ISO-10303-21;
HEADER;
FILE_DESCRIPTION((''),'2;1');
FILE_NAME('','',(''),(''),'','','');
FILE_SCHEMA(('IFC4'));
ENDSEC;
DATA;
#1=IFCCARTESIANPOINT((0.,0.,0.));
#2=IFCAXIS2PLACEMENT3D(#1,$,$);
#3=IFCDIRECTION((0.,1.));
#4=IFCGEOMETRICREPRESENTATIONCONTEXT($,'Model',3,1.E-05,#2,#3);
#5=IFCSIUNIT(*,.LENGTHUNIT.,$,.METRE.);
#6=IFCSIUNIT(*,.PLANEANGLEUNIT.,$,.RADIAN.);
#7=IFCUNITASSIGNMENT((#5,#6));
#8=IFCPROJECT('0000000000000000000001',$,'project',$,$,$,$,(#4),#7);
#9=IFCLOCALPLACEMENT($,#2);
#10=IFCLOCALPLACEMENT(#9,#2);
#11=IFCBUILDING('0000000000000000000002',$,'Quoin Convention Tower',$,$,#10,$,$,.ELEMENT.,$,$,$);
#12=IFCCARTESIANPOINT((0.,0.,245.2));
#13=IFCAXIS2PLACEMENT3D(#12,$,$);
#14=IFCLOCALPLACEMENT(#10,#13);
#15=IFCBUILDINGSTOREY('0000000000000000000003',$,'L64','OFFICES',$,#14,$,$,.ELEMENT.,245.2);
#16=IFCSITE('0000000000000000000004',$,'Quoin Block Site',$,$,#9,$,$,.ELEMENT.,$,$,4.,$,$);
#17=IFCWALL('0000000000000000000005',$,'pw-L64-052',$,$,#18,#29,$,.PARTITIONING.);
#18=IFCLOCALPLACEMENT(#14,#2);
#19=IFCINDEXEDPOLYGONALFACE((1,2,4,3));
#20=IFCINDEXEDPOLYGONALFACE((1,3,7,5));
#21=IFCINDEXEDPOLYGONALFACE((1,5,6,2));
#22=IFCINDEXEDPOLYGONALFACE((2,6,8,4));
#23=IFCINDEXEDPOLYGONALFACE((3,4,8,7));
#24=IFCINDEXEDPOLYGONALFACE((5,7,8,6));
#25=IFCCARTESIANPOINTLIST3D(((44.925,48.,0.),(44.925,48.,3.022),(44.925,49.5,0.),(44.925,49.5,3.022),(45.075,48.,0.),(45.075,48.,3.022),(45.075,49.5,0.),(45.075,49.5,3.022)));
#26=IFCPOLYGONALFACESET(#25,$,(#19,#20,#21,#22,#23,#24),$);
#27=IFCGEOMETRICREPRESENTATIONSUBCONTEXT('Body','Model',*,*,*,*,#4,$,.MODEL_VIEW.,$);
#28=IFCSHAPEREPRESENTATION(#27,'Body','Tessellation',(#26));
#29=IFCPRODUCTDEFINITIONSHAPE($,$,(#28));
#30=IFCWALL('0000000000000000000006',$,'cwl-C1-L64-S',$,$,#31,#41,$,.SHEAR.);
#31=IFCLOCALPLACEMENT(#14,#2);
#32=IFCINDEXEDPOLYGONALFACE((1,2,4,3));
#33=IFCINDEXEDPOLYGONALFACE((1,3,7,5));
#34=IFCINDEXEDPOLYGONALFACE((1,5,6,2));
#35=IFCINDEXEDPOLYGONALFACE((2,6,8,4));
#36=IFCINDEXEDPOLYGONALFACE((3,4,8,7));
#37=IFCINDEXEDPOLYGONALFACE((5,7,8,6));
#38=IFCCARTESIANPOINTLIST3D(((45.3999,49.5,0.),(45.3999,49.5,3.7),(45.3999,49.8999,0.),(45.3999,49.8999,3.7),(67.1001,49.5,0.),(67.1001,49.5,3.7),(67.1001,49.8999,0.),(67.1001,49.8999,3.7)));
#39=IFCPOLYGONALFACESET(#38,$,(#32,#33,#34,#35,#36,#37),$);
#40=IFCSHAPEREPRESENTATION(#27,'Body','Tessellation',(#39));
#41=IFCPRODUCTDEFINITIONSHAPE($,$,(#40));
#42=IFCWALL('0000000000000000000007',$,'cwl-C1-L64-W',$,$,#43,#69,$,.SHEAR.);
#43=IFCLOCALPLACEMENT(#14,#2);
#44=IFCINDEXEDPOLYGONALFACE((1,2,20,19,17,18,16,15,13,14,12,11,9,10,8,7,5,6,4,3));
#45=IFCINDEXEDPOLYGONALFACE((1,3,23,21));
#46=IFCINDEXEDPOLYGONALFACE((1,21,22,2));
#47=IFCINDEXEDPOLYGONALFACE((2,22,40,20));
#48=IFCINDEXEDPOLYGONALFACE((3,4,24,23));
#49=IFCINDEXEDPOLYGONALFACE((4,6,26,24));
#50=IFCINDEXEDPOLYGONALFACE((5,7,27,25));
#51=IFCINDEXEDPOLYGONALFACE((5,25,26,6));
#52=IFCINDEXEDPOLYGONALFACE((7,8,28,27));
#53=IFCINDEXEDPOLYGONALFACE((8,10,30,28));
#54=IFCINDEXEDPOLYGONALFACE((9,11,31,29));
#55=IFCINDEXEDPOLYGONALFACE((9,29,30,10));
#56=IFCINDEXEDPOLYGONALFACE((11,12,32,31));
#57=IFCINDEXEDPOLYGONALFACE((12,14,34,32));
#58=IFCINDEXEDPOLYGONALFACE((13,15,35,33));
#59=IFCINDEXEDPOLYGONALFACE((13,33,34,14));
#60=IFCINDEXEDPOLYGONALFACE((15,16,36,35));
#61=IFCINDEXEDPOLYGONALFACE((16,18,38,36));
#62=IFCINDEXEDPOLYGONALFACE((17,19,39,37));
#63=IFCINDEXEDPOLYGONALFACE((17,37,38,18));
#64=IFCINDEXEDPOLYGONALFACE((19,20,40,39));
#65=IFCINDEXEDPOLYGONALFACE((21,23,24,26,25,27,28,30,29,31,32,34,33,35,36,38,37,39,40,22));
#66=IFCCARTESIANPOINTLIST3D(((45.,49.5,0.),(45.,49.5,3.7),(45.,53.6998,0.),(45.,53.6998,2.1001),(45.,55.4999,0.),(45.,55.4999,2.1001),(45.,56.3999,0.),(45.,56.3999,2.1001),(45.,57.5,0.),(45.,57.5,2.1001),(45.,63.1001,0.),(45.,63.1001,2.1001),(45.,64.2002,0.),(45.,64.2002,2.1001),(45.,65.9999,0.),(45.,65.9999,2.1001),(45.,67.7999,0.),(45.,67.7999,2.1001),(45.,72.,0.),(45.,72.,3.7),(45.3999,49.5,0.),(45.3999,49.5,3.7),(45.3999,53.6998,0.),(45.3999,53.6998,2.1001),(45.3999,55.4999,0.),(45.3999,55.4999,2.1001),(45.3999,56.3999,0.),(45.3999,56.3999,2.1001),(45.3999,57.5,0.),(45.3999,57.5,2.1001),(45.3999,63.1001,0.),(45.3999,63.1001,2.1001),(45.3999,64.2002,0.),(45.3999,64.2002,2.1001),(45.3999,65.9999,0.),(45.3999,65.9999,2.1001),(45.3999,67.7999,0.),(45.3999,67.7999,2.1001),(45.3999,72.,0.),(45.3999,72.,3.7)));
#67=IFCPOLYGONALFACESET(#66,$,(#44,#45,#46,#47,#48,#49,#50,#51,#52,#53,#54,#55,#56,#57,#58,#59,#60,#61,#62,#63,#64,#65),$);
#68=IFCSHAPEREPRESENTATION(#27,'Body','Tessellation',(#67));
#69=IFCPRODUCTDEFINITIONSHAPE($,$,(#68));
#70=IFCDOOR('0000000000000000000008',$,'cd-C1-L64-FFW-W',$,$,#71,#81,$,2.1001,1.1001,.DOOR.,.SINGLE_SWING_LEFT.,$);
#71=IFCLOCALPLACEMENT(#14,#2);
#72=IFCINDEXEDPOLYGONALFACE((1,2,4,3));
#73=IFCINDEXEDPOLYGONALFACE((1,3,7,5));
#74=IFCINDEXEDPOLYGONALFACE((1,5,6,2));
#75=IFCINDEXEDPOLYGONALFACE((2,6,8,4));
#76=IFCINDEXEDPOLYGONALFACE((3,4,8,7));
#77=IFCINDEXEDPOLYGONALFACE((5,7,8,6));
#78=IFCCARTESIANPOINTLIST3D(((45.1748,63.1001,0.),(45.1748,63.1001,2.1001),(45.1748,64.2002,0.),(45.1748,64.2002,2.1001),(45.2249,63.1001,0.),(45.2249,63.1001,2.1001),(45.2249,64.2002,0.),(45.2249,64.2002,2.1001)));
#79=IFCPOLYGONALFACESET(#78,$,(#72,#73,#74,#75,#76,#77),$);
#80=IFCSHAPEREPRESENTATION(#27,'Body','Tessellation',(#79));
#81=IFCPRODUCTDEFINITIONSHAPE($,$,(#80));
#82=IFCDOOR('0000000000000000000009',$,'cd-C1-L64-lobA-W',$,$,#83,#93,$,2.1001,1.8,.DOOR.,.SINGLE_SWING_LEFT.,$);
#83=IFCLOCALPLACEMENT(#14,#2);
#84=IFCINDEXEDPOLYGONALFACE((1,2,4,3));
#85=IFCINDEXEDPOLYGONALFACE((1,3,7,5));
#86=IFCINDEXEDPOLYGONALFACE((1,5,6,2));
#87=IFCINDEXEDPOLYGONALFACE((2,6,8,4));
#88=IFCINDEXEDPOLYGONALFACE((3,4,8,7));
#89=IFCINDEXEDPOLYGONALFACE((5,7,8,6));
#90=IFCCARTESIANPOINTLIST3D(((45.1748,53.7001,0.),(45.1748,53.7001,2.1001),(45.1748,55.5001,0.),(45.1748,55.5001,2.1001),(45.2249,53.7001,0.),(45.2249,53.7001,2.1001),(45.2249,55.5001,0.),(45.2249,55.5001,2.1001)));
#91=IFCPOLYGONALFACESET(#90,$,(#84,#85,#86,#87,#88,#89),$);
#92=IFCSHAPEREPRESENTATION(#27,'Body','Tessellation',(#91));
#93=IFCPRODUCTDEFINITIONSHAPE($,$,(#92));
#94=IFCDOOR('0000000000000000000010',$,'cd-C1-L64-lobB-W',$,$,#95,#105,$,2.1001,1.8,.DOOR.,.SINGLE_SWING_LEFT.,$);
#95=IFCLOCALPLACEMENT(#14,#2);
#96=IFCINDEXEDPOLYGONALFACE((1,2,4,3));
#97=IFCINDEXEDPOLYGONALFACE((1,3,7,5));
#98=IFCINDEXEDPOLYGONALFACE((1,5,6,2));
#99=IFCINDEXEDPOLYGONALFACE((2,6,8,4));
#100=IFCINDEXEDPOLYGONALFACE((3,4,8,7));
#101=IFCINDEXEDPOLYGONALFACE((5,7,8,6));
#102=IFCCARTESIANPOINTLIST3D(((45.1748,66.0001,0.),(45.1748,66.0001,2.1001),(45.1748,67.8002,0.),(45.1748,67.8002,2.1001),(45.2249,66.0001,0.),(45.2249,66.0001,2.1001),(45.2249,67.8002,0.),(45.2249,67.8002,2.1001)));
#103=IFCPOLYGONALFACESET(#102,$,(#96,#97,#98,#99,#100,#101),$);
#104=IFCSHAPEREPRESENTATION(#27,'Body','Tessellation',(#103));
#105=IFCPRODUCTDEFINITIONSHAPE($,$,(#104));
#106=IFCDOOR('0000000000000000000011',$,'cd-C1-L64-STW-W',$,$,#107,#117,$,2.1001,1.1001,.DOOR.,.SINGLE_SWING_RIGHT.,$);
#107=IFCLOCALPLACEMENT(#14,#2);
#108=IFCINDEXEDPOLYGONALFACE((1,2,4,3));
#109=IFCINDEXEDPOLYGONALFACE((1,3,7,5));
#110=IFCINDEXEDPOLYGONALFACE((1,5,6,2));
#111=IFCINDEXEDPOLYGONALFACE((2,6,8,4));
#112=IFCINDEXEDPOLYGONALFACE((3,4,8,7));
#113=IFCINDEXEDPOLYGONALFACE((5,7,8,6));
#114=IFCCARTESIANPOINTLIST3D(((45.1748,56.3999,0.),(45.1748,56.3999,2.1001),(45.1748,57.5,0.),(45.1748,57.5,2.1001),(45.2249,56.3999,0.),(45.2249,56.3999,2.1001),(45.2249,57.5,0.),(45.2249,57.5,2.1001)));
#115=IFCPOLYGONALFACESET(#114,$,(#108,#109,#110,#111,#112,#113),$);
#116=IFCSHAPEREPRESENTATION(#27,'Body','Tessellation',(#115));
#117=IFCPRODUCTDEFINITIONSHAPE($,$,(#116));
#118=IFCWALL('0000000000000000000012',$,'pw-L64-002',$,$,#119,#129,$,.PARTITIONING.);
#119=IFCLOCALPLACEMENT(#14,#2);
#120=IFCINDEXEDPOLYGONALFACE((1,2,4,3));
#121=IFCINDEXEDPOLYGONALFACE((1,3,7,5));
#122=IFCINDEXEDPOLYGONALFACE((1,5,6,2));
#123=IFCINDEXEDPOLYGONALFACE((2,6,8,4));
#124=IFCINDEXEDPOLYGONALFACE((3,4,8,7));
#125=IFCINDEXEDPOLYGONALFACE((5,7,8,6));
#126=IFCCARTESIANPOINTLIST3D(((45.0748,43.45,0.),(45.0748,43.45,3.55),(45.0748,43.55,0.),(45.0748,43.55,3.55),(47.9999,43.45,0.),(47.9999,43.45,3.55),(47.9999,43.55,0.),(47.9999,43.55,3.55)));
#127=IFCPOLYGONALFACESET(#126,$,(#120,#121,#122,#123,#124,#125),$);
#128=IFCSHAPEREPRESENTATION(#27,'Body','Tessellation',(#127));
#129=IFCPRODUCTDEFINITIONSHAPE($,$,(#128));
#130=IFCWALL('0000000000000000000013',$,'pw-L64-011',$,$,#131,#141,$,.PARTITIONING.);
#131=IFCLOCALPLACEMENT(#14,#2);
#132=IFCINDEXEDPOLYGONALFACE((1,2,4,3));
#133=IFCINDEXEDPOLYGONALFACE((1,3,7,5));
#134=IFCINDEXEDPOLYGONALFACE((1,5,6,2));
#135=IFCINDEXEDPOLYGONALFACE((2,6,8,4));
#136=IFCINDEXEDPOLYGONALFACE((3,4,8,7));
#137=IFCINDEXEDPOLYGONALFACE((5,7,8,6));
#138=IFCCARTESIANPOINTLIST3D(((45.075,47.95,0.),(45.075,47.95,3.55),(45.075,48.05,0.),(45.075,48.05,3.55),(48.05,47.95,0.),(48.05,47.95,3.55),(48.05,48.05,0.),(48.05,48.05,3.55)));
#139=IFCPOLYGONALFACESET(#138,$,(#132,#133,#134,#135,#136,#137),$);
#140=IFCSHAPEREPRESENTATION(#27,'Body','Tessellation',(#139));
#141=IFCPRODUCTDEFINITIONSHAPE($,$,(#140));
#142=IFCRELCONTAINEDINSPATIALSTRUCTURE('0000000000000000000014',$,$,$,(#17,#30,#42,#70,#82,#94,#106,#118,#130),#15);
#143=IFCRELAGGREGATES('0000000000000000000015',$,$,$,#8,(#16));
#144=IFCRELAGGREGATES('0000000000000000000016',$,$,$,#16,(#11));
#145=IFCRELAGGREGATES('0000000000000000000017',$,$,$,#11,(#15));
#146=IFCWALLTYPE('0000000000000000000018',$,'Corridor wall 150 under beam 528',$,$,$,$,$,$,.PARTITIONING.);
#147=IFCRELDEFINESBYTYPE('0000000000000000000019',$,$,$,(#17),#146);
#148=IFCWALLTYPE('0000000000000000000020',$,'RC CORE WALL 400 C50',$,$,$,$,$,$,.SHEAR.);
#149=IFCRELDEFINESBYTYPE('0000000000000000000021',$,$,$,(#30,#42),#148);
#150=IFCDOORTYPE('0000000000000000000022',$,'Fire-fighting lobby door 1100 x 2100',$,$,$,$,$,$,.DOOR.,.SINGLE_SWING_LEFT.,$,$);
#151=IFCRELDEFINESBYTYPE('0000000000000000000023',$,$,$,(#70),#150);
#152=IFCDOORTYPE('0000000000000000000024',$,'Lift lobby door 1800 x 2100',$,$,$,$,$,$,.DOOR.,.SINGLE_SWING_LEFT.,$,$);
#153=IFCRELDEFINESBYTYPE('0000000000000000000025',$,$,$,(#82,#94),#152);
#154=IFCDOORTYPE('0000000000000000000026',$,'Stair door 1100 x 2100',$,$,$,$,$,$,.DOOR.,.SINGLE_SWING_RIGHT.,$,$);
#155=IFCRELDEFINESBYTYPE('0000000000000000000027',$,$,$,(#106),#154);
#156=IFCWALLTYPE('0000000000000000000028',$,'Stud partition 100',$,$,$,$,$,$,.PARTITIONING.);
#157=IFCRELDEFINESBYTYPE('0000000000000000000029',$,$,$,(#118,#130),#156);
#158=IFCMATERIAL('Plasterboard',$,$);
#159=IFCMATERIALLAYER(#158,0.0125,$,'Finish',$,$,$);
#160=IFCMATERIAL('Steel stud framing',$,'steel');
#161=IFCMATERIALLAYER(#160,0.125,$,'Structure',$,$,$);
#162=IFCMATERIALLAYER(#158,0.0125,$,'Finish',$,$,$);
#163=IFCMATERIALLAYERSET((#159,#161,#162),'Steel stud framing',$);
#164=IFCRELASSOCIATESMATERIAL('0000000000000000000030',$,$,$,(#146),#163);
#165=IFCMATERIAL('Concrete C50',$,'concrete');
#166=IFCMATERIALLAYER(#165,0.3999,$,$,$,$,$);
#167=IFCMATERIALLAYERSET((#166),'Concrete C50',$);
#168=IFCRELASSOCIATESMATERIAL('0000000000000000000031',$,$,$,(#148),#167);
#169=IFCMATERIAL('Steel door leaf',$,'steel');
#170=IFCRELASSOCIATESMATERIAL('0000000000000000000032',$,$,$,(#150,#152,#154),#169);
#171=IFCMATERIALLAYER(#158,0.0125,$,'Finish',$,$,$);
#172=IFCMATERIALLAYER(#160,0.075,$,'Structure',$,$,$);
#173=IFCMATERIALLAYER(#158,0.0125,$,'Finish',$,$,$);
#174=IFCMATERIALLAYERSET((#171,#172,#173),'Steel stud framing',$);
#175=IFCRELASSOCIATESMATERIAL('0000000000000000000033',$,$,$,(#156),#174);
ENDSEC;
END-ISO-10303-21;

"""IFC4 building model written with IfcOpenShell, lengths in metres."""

from ifc_helpers import new_model, si_unit, direction, frame, frame_2d, origin, place, context, subcontext, project, spatial, rectangle, extrude, material, layer, layer_set, type_object, element, fill, save


model = new_model("IFC4")

# Units and contexts
model_context = context("Model", 3, precision=1e-05, world=origin(), true_north=direction((0.0, 1.0)))
body_context = subcontext(model_context, "Body", "Model", "MODEL_VIEW")
ifc_project = project(units=[si_unit("LENGTHUNIT", "METRE"), si_unit("PLANEANGLEUNIT", "RADIAN")], contexts=[model_context])

# Site, building, storey
site_placement = place(None, origin())
site = spatial("IfcSite", under=ifc_project, at=site_placement, Name="Quoin Block Site", CompositionType="ELEMENT", RefElevation=4.0)
building_placement = place(site_placement, origin())
building = spatial("IfcBuilding", under=site, at=building_placement, Name="Quoin Convention Tower", CompositionType="ELEMENT")
storey_placement = place(building_placement, frame((0.0, 0.0, 245.2)))
storey = spatial("IfcBuildingStorey", under=building, at=storey_placement, Name="L64", Description="OFFICES", CompositionType="ELEMENT", Elevation=245.2)

# Shared definitions
ifc_material_1 = material(Name="Plasterboard")
ifc_material_2 = material(Name="Steel stud framing", Category="steel")
ifc_material_3 = material(Name="Steel door leaf", Category="steel")

# Walls
ifc_material_4 = material(Name="Concrete C50", Category="concrete")
ifc_layer_1 = layer(ifc_material_1, 0.0125, Name="Finish")
ifc_layer_2 = layer(ifc_material_2, 0.125, Name="Structure")
ifc_layer_3 = layer(ifc_material_1, 0.0125, Name="Finish")
ifc_layer_set_1 = layer_set([ifc_layer_1, ifc_layer_2, ifc_layer_3], Name="Steel stud framing")
wall_type_1 = type_object("IfcWallType", Name="Corridor wall 150 under beam 528", PredefinedType="PARTITIONING", material=ifc_layer_set_1)
wall_1_placement = place(storey_placement, frame((45.0, 48.0, 0.0), z_axis=(0.0, 0.0, 1.0), x_axis=(0.0, 1.0, 0.0)))
element("IfcWall", 1, at=wall_1_placement, inside=storey, type_object=wall_type_1, Name="pw-L64-052", PredefinedType="PARTITIONING", context=body_context, shape_type="SweptSolid", body=[
    extrude(rectangle(XDim=1.5, YDim=0.1499, at=frame_2d((0.75, 0.0))), origin(), (0.0, 0.0, 1.0), 3.022),
])
ifc_layer_4 = layer(ifc_material_4, 0.3999)
ifc_layer_set_2 = layer_set([ifc_layer_4], Name="Concrete C50")
wall_type_2 = type_object("IfcWallType", Name="RC CORE WALL 400 C50", PredefinedType="SHEAR", material=ifc_layer_set_2)
wall_2_placement = place(storey_placement, frame((45.3999, 49.7, 0.0), z_axis=(0.0, 0.0, 1.0), x_axis=(1.0, 0.0, 0.0)))
element("IfcWall", 2, at=wall_2_placement, inside=storey, type_object=wall_type_2, Name="cwl-C1-L64-S", PredefinedType="SHEAR", context=body_context, shape_type="SweptSolid", body=[
    extrude(rectangle(XDim=21.7002, YDim=0.3999, at=frame_2d((10.8501, 0.0))), origin(), (0.0, 0.0, 1.0), 3.7),
])

# Wall, openings, doors
wall_3_placement = place(storey_placement, frame((45.2, 49.5, 0.0), z_axis=(0.0, 0.0, 1.0), x_axis=(0.0, 1.0, 0.0)))
wall_3 = element("IfcWall", 3, at=wall_3_placement, inside=storey, type_object=wall_type_2, Name="cwl-C1-L64-W", PredefinedType="SHEAR", context=body_context, shape_type="SweptSolid", body=[
    extrude(rectangle(XDim=22.5, YDim=0.3999, at=frame_2d((11.25, 0.0))), origin(), (0.0, 0.0, 1.0), 3.7),
])
opening_1_placement = place(wall_3_placement, frame((4.2, 0.0, 0.0)))
opening_1 = element("IfcOpeningElement", 4, at=opening_1_placement, cuts=wall_3, PredefinedType="OPENING", context=body_context, shape_type="SweptSolid", body=[
    extrude(rectangle(XDim=1.8, YDim=2.1001, at=frame_2d((0.8999, 1.05))), frame((0.0, 0.21, 0.0), z_axis=(0.0, -1.0, 0.0), x_axis=(1.0, 0.0, 0.0)), (0.0, 0.0, 1.0), 0.4199),
])
opening_2_placement = place(wall_3_placement, frame((6.8999, 0.0, 0.0)))
opening_2 = element("IfcOpeningElement", 5, at=opening_2_placement, cuts=wall_3, PredefinedType="OPENING", context=body_context, shape_type="SweptSolid", body=[
    extrude(rectangle(XDim=1.1001, YDim=2.1001, at=frame_2d((0.55, 1.05))), frame((0.0, 0.21, 0.0), z_axis=(0.0, -1.0, 0.0), x_axis=(1.0, 0.0, 0.0)), (0.0, 0.0, 1.0), 0.4199),
])
opening_3_placement = place(wall_3_placement, frame((13.6001, 0.0, 0.0)))
opening_3 = element("IfcOpeningElement", 6, at=opening_3_placement, cuts=wall_3, PredefinedType="OPENING", context=body_context, shape_type="SweptSolid", body=[
    extrude(rectangle(XDim=1.1001, YDim=2.1001, at=frame_2d((0.55, 1.05))), frame((0.0, 0.21, 0.0), z_axis=(0.0, -1.0, 0.0), x_axis=(1.0, 0.0, 0.0)), (0.0, 0.0, 1.0), 0.4199),
])
opening_4_placement = place(wall_3_placement, frame((16.5, 0.0, 0.0)))
opening_4 = element("IfcOpeningElement", 7, at=opening_4_placement, cuts=wall_3, PredefinedType="OPENING", context=body_context, shape_type="SweptSolid", body=[
    extrude(rectangle(XDim=1.8, YDim=2.1001, at=frame_2d((0.8999, 1.05))), frame((0.0, 0.21, 0.0), z_axis=(0.0, -1.0, 0.0), x_axis=(1.0, 0.0, 0.0)), (0.0, 0.0, 1.0), 0.4199),
])
door_type_1 = type_object("IfcDoorType", Name="Fire-fighting lobby door 1100 x 2100", OperationType="SINGLE_SWING_LEFT", PredefinedType="DOOR", material=ifc_material_3)
door_1_placement = place(opening_3_placement, frame((1.1001, 0.0, 0.0), z_axis=(0.0, 0.0, 1.0), x_axis=(-1.0, 0.0, 0.0)))
door_1 = element("IfcDoor", 8, at=door_1_placement, inside=storey, type_object=door_type_1, Name="cd-C1-L64-FFW-W", OperationType="SINGLE_SWING_LEFT", OverallHeight=2.1001, OverallWidth=1.1001, PredefinedType="DOOR", context=body_context, shape_type="SweptSolid", body=[
    extrude(rectangle(XDim=1.1001, YDim=2.1001, at=frame_2d((0.55, 1.05))), frame((0.0, 0.0249, 0.0), z_axis=(0.0, -1.0, 0.0), x_axis=(1.0, 0.0, 0.0)), (0.0, 0.0, 1.0), 0.05),
])
fill(opening_3, door_1)
door_type_2 = type_object("IfcDoorType", Name="Lift lobby door 1800 x 2100", OperationType="SINGLE_SWING_LEFT", PredefinedType="DOOR", material=ifc_material_3)
door_2_placement = place(opening_1_placement, frame((1.8, 0.0, 0.0), z_axis=(0.0, 0.0, 1.0), x_axis=(-1.0, 0.0, 0.0)))
door_2 = element("IfcDoor", 9, at=door_2_placement, inside=storey, type_object=door_type_2, Name="cd-C1-L64-lobA-W", OperationType="SINGLE_SWING_LEFT", OverallHeight=2.1001, OverallWidth=1.8, PredefinedType="DOOR", context=body_context, shape_type="SweptSolid", body=[
    extrude(rectangle(XDim=1.8, YDim=2.1001, at=frame_2d((0.8999, 1.05))), frame((0.0, 0.0249, 0.0), z_axis=(0.0, -1.0, 0.0), x_axis=(1.0, 0.0, 0.0)), (0.0, 0.0, 1.0), 0.05),
])
fill(opening_1, door_2)
door_3_placement = place(opening_4_placement, frame((1.8, 0.0, 0.0), z_axis=(0.0, 0.0, 1.0), x_axis=(-1.0, 0.0, 0.0)))
door_3 = element("IfcDoor", 10, at=door_3_placement, inside=storey, type_object=door_type_2, Name="cd-C1-L64-lobB-W", OperationType="SINGLE_SWING_LEFT", OverallHeight=2.1001, OverallWidth=1.8, PredefinedType="DOOR", context=body_context, shape_type="SweptSolid", body=[
    extrude(rectangle(XDim=1.8, YDim=2.1001, at=frame_2d((0.8999, 1.05))), frame((0.0, 0.0249, 0.0), z_axis=(0.0, -1.0, 0.0), x_axis=(1.0, 0.0, 0.0)), (0.0, 0.0, 1.0), 0.05),
])
fill(opening_4, door_3)
door_type_3 = type_object("IfcDoorType", Name="Stair door 1100 x 2100", OperationType="SINGLE_SWING_RIGHT", PredefinedType="DOOR", material=ifc_material_3)
door_4_placement = place(opening_2_placement, frame((1.1001, 0.0, 0.0), z_axis=(0.0, 0.0, 1.0), x_axis=(-1.0, 0.0, 0.0)))
door_4 = element("IfcDoor", 11, at=door_4_placement, inside=storey, type_object=door_type_3, Name="cd-C1-L64-STW-W", OperationType="SINGLE_SWING_RIGHT", OverallHeight=2.1001, OverallWidth=1.1001, PredefinedType="DOOR", context=body_context, shape_type="SweptSolid", body=[
    extrude(rectangle(XDim=1.1001, YDim=2.1001, at=frame_2d((0.55, 1.05))), frame((0.0, 0.0249, 0.0), z_axis=(0.0, -1.0, 0.0), x_axis=(1.0, 0.0, 0.0)), (0.0, 0.0, 1.0), 0.05),
])
fill(opening_2, door_4)

# Walls
ifc_layer_5 = layer(ifc_material_1, 0.0125, Name="Finish")
ifc_layer_6 = layer(ifc_material_2, 0.075, Name="Structure")
ifc_layer_7 = layer(ifc_material_1, 0.0125, Name="Finish")
ifc_layer_set_3 = layer_set([ifc_layer_5, ifc_layer_6, ifc_layer_7], Name="Steel stud framing")
wall_type_3 = type_object("IfcWallType", Name="Stud partition 100", PredefinedType="PARTITIONING", material=ifc_layer_set_3)
wall_4_placement = place(storey_placement, frame((45.075, 43.5, 0.0), z_axis=(0.0, 0.0, 1.0), x_axis=(1.0, 0.0, 0.0)))
element("IfcWall", 12, at=wall_4_placement, inside=storey, type_object=wall_type_3, Name="pw-L64-002", PredefinedType="PARTITIONING", context=body_context, shape_type="SweptSolid", body=[
    extrude(rectangle(XDim=2.925, YDim=0.1001, at=frame_2d((1.4624, 0.0))), origin(), (0.0, 0.0, 1.0), 3.55),
])
wall_5_placement = place(storey_placement, frame((45.075, 48.0, 0.0), z_axis=(0.0, 0.0, 1.0), x_axis=(1.0, 0.0, 0.0)))
element("IfcWall", 13, at=wall_5_placement, inside=storey, type_object=wall_type_3, Name="pw-L64-011", PredefinedType="PARTITIONING", context=body_context, shape_type="SweptSolid", body=[
    extrude(rectangle(XDim=2.9751, YDim=0.1001, at=frame_2d((1.4875, 0.0))), origin(), (0.0, 0.0, 1.0), 3.55),
])

save(model, "model.ifc")
